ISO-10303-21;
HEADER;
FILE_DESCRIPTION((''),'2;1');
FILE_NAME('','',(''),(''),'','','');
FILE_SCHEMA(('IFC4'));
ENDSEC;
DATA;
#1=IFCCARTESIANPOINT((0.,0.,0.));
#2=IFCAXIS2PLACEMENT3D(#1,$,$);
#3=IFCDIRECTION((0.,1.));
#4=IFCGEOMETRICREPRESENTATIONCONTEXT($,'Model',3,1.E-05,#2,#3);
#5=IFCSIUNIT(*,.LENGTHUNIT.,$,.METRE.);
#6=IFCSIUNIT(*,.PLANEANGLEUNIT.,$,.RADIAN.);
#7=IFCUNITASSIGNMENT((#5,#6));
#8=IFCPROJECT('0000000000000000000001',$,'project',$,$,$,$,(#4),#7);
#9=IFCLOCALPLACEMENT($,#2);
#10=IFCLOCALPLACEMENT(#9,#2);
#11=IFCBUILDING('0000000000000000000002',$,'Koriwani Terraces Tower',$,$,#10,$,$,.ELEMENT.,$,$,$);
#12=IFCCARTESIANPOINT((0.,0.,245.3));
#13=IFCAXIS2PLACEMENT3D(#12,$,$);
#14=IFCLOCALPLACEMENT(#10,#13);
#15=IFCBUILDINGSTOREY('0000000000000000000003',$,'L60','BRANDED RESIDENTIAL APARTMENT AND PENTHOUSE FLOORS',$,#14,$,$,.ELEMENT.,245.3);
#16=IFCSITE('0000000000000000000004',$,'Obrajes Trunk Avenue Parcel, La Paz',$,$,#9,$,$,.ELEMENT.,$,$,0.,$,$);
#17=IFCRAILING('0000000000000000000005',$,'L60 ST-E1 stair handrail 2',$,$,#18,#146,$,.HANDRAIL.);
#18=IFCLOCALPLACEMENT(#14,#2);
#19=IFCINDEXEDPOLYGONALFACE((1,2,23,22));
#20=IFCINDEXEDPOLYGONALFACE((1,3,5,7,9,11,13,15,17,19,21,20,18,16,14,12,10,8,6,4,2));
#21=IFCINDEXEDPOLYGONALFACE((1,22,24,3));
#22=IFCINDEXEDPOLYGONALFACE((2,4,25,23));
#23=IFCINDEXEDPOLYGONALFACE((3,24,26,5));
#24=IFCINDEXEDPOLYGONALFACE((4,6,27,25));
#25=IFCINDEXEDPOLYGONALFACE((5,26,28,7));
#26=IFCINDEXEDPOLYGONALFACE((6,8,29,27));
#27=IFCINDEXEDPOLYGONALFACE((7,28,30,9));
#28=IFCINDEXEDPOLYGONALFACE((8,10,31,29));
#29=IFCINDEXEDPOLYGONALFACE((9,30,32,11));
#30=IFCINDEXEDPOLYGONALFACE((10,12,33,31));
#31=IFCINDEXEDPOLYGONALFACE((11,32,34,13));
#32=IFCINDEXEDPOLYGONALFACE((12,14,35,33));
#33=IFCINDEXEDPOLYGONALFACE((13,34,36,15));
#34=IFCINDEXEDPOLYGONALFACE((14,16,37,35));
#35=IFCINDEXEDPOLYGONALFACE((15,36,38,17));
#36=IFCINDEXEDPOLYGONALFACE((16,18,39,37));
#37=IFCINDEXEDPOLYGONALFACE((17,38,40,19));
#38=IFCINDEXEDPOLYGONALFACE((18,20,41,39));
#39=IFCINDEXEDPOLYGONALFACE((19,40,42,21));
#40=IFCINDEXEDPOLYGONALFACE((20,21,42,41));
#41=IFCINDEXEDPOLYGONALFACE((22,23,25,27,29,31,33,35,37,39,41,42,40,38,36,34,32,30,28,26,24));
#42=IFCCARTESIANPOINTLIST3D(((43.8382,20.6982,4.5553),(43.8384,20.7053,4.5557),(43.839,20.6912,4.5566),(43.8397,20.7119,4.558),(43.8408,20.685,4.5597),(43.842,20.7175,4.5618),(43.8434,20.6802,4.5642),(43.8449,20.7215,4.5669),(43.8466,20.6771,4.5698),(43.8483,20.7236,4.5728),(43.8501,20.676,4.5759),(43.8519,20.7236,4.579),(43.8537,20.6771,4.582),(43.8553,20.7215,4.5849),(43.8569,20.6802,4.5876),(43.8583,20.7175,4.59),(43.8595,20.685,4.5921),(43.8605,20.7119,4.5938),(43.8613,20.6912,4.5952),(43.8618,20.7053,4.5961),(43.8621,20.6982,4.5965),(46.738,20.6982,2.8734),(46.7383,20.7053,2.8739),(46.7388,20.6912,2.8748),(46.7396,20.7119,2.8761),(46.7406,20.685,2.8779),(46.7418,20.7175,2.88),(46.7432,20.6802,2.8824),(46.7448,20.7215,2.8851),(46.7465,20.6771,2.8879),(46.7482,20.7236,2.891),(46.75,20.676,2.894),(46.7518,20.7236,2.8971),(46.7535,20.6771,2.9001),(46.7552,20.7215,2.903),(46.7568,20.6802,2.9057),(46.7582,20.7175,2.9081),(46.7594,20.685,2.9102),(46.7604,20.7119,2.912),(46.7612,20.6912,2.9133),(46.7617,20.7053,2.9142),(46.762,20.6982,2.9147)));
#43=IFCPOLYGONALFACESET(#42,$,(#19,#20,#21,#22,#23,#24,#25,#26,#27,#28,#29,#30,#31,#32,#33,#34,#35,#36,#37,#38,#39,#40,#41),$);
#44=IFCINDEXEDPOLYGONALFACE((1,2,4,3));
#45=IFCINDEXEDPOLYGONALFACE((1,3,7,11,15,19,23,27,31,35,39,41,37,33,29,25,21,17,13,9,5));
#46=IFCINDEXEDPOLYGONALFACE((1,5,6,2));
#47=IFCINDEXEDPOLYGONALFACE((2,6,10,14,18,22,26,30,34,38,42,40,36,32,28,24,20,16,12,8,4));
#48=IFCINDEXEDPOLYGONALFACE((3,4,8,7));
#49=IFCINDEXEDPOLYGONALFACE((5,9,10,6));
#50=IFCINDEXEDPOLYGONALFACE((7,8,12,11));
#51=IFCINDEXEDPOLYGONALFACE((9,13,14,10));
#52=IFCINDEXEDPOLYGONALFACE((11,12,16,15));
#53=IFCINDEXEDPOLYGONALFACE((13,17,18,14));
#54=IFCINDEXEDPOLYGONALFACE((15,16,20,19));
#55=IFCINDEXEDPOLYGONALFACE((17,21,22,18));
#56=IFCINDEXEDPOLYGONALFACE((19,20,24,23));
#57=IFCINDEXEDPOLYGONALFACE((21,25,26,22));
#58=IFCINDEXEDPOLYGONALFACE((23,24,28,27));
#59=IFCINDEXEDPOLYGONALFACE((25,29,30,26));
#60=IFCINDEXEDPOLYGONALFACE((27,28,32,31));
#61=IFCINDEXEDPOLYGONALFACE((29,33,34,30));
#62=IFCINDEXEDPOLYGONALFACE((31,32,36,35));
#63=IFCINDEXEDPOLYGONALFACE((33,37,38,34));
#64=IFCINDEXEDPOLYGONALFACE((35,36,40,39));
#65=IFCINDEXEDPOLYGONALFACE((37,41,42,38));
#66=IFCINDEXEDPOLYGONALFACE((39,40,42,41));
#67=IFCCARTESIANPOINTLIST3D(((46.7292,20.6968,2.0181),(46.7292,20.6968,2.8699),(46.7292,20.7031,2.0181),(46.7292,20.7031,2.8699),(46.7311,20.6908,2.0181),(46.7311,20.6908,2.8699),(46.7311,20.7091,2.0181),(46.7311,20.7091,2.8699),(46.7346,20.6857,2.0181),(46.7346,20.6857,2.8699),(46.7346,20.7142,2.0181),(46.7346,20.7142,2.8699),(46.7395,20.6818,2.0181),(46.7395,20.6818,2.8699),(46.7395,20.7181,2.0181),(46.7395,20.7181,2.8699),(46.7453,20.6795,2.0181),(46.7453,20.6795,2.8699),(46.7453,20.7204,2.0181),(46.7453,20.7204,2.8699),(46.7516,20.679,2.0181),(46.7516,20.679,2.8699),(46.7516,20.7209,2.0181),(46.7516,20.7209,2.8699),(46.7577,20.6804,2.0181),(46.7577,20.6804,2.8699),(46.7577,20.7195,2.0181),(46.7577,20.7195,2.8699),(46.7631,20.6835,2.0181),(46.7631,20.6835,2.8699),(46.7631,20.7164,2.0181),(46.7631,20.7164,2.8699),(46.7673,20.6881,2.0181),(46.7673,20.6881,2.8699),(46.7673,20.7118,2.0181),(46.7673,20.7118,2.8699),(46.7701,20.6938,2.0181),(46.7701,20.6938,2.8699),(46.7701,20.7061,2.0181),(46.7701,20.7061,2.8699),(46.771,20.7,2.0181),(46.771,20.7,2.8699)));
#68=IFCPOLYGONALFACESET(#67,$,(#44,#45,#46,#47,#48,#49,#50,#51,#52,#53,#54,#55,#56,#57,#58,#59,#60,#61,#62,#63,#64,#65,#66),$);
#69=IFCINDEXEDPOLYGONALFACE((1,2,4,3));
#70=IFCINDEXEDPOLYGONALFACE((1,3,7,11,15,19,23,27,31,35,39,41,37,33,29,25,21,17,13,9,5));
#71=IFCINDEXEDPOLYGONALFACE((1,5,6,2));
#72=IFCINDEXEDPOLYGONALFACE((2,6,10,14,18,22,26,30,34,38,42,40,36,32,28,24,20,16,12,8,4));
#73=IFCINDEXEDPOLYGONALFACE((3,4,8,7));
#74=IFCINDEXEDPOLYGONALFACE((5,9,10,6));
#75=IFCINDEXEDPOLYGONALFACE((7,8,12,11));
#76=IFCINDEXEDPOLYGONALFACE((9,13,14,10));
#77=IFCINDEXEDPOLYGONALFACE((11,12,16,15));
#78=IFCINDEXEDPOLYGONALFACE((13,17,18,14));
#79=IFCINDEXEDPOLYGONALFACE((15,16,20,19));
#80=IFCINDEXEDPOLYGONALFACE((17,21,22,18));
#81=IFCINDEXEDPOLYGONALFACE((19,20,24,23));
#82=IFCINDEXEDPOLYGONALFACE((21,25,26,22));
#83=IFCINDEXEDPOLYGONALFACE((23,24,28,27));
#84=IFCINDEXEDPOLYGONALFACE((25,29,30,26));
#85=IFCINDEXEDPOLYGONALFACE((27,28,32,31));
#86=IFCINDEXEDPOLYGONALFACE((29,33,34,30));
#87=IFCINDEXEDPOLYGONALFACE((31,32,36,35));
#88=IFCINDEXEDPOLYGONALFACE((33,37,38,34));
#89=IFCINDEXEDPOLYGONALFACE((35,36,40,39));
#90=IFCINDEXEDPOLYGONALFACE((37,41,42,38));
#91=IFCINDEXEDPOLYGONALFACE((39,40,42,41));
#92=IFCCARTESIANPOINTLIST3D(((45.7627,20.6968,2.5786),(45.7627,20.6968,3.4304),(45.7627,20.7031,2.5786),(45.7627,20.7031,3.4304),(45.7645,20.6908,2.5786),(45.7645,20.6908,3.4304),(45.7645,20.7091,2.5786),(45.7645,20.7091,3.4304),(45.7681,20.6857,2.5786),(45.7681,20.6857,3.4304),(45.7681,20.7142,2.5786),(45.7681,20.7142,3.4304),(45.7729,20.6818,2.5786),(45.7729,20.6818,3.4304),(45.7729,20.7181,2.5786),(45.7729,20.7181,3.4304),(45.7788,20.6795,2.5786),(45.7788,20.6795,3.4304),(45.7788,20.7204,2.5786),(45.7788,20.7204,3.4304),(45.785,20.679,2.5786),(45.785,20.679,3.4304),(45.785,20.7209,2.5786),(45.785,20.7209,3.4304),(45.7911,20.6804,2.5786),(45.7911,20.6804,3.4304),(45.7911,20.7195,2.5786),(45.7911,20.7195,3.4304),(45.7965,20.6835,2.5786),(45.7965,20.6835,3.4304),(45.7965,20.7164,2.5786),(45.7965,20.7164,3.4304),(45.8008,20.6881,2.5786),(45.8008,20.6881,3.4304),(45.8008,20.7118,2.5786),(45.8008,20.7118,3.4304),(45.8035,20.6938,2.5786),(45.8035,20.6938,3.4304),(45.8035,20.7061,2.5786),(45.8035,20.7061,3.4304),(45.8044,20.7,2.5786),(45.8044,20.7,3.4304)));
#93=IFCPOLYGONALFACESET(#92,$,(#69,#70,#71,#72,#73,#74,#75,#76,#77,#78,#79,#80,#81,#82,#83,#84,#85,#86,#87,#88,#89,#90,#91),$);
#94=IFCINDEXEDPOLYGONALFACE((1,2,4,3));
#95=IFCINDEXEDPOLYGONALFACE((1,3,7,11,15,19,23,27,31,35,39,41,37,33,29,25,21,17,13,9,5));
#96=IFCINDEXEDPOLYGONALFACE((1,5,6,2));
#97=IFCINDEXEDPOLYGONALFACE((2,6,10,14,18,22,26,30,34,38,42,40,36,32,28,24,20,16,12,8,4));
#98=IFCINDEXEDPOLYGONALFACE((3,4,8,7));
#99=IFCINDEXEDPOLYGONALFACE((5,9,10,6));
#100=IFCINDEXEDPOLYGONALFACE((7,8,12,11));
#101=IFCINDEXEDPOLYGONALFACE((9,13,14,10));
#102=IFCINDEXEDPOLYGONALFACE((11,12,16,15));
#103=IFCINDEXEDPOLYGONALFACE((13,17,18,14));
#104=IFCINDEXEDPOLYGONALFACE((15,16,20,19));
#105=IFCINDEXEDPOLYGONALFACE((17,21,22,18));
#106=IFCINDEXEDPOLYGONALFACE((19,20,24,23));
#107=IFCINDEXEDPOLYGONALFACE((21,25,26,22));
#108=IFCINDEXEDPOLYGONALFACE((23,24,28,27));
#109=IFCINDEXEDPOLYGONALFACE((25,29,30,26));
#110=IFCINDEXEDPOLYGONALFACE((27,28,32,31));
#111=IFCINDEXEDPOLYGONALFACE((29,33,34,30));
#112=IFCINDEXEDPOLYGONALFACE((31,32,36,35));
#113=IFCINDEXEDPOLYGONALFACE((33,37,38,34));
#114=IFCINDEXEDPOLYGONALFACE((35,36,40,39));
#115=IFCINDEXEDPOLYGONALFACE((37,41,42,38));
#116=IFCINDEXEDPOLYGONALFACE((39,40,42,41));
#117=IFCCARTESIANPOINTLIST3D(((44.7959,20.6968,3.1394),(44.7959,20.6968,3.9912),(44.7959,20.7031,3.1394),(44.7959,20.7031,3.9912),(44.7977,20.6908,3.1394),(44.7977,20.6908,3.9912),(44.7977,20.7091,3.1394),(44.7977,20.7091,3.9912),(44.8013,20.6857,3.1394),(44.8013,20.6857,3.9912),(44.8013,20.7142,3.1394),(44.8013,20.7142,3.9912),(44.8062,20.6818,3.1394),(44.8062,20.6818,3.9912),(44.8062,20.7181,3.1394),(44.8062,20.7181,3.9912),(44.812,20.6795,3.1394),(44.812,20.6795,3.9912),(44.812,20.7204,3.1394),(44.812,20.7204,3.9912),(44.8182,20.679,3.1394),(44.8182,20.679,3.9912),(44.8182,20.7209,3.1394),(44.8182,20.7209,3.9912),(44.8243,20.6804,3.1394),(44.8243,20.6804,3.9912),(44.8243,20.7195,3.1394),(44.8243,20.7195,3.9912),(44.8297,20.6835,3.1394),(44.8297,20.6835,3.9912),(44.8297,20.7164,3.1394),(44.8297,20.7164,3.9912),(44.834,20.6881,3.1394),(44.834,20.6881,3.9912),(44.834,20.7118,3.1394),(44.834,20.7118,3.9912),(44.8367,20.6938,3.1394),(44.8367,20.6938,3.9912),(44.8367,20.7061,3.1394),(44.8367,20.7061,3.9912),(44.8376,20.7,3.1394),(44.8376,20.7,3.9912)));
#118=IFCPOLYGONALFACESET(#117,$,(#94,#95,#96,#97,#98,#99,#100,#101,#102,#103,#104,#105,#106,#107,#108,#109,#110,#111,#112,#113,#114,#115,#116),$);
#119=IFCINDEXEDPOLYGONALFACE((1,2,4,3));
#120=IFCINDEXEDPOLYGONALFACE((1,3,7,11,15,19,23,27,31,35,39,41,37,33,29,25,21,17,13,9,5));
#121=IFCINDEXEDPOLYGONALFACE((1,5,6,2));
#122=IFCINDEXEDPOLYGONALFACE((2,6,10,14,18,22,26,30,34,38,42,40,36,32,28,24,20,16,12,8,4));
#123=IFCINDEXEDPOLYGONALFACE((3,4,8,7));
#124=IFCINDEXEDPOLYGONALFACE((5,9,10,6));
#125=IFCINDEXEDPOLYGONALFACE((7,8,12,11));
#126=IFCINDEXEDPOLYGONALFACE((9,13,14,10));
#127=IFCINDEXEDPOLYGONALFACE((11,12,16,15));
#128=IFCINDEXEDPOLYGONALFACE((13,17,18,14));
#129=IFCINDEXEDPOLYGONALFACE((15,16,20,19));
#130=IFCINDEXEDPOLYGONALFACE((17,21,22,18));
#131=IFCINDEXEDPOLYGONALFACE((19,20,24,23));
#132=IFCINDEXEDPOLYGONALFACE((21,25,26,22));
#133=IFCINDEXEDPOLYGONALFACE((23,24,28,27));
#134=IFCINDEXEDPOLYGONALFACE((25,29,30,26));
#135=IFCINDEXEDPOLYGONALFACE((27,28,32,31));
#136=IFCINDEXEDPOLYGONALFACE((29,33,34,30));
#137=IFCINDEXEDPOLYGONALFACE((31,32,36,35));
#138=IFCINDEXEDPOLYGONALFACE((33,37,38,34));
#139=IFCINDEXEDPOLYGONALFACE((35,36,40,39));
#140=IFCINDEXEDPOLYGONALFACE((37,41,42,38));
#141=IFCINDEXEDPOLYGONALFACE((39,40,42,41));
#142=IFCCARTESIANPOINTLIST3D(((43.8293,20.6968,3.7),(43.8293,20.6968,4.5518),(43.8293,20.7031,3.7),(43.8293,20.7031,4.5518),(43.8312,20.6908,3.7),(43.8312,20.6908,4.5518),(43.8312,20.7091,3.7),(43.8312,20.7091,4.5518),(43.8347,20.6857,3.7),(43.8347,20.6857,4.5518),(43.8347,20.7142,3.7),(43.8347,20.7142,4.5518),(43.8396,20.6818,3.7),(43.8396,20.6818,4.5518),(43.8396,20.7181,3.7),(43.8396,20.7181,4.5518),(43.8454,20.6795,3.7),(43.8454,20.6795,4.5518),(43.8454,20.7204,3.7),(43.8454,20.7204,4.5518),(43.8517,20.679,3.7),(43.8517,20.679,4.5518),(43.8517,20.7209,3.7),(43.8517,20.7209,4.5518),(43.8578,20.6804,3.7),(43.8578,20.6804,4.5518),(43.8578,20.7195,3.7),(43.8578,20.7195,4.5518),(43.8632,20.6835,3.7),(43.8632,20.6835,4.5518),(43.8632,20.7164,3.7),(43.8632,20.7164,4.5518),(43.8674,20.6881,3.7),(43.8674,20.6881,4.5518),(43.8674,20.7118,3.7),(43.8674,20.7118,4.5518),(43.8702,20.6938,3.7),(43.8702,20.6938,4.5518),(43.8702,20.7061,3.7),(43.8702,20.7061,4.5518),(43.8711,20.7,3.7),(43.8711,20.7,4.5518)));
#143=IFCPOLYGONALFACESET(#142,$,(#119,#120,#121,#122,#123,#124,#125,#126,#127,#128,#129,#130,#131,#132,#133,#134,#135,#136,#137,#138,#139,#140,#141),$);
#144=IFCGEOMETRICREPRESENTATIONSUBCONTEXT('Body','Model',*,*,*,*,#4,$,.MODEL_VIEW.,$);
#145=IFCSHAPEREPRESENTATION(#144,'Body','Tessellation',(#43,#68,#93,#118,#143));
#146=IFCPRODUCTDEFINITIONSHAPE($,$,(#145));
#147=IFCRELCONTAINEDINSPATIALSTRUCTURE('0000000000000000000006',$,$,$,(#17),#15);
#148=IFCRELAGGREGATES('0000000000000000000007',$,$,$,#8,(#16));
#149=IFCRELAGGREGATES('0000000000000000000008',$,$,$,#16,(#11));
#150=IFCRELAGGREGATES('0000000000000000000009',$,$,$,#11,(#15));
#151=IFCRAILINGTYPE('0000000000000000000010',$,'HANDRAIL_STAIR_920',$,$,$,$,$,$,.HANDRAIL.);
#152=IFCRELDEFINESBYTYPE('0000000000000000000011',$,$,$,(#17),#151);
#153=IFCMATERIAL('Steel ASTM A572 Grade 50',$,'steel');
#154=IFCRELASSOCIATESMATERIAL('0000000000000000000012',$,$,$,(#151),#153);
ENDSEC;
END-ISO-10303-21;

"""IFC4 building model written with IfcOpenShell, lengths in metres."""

from ifc_helpers import new_model, si_unit, direction, frame, origin, origin_2d, place, context, subcontext, project, spatial, circle, extrude, material, type_object, element, save


model = new_model("IFC4")

# Units and contexts
model_context = context("Model", 3, precision=1e-05, world=origin(), true_north=direction((0.0, 1.0)))
body_context = subcontext(model_context, "Body", "Model", "MODEL_VIEW")
ifc_project = project(units=[si_unit("LENGTHUNIT", "METRE"), si_unit("PLANEANGLEUNIT", "RADIAN")], contexts=[model_context])

# Site, building, storey
site_placement = place(None, origin())
site = spatial("IfcSite", under=ifc_project, at=site_placement, Name="Obrajes Trunk Avenue Parcel, La Paz", CompositionType="ELEMENT", RefElevation=0.0)
building_placement = place(site_placement, origin())
building = spatial("IfcBuilding", under=site, at=building_placement, Name="Koriwani Terraces Tower", CompositionType="ELEMENT")
storey_placement = place(building_placement, frame((0.0, 0.0, 245.3)))
storey = spatial("IfcBuildingStorey", under=building, at=storey_placement, Name="L60", Description="BRANDED RESIDENTIAL APARTMENT AND PENTHOUSE FLOORS", CompositionType="ELEMENT", Elevation=245.3)

# Shared definitions
ifc_material_1 = material(Name="Steel ASTM A572 Grade 50", Category="steel")

# Railing
railing_type_1 = type_object("IfcRailingType", Name="HANDRAIL_STAIR_920", PredefinedType="HANDRAIL", material=ifc_material_1)
railing_1_placement = place(storey_placement, frame((46.75, 20.7, 2.0181)))
element("IfcRailing", 1, at=railing_1_placement, inside=storey, type_object=railing_type_1, Name="L60 ST-E1 stair handrail 2", PredefinedType="HANDRAIL", context=body_context, shape_type="SweptSolid", body=[
    extrude(circle(Radius=0.0239, at=origin_2d()), frame((0.0, 0.0, 0.876), z_axis=(-0.865039, 0.0, 0.501705), x_axis=(0.0, -1.0, 0.0)), (0.0, 0.0, 1.0), 3.3523),
    extrude(circle(Radius=0.021, at=origin_2d()), origin(), (0.0, 0.0, 1.0), 0.8518),
    extrude(circle(Radius=0.021, at=origin_2d()), frame((-0.9666, 0.0, 0.5605)), (0.0, 0.0, 1.0), 0.8518),
    extrude(circle(Radius=0.021, at=origin_2d()), frame((-1.9333, 0.0, 1.1213)), (0.0, 0.0, 1.0), 0.8518),
    extrude(circle(Radius=0.021, at=origin_2d()), frame((-2.8999, 0.0, 1.6819)), (0.0, 0.0, 1.0), 0.8518),
])

save(model, "model.ifc")
